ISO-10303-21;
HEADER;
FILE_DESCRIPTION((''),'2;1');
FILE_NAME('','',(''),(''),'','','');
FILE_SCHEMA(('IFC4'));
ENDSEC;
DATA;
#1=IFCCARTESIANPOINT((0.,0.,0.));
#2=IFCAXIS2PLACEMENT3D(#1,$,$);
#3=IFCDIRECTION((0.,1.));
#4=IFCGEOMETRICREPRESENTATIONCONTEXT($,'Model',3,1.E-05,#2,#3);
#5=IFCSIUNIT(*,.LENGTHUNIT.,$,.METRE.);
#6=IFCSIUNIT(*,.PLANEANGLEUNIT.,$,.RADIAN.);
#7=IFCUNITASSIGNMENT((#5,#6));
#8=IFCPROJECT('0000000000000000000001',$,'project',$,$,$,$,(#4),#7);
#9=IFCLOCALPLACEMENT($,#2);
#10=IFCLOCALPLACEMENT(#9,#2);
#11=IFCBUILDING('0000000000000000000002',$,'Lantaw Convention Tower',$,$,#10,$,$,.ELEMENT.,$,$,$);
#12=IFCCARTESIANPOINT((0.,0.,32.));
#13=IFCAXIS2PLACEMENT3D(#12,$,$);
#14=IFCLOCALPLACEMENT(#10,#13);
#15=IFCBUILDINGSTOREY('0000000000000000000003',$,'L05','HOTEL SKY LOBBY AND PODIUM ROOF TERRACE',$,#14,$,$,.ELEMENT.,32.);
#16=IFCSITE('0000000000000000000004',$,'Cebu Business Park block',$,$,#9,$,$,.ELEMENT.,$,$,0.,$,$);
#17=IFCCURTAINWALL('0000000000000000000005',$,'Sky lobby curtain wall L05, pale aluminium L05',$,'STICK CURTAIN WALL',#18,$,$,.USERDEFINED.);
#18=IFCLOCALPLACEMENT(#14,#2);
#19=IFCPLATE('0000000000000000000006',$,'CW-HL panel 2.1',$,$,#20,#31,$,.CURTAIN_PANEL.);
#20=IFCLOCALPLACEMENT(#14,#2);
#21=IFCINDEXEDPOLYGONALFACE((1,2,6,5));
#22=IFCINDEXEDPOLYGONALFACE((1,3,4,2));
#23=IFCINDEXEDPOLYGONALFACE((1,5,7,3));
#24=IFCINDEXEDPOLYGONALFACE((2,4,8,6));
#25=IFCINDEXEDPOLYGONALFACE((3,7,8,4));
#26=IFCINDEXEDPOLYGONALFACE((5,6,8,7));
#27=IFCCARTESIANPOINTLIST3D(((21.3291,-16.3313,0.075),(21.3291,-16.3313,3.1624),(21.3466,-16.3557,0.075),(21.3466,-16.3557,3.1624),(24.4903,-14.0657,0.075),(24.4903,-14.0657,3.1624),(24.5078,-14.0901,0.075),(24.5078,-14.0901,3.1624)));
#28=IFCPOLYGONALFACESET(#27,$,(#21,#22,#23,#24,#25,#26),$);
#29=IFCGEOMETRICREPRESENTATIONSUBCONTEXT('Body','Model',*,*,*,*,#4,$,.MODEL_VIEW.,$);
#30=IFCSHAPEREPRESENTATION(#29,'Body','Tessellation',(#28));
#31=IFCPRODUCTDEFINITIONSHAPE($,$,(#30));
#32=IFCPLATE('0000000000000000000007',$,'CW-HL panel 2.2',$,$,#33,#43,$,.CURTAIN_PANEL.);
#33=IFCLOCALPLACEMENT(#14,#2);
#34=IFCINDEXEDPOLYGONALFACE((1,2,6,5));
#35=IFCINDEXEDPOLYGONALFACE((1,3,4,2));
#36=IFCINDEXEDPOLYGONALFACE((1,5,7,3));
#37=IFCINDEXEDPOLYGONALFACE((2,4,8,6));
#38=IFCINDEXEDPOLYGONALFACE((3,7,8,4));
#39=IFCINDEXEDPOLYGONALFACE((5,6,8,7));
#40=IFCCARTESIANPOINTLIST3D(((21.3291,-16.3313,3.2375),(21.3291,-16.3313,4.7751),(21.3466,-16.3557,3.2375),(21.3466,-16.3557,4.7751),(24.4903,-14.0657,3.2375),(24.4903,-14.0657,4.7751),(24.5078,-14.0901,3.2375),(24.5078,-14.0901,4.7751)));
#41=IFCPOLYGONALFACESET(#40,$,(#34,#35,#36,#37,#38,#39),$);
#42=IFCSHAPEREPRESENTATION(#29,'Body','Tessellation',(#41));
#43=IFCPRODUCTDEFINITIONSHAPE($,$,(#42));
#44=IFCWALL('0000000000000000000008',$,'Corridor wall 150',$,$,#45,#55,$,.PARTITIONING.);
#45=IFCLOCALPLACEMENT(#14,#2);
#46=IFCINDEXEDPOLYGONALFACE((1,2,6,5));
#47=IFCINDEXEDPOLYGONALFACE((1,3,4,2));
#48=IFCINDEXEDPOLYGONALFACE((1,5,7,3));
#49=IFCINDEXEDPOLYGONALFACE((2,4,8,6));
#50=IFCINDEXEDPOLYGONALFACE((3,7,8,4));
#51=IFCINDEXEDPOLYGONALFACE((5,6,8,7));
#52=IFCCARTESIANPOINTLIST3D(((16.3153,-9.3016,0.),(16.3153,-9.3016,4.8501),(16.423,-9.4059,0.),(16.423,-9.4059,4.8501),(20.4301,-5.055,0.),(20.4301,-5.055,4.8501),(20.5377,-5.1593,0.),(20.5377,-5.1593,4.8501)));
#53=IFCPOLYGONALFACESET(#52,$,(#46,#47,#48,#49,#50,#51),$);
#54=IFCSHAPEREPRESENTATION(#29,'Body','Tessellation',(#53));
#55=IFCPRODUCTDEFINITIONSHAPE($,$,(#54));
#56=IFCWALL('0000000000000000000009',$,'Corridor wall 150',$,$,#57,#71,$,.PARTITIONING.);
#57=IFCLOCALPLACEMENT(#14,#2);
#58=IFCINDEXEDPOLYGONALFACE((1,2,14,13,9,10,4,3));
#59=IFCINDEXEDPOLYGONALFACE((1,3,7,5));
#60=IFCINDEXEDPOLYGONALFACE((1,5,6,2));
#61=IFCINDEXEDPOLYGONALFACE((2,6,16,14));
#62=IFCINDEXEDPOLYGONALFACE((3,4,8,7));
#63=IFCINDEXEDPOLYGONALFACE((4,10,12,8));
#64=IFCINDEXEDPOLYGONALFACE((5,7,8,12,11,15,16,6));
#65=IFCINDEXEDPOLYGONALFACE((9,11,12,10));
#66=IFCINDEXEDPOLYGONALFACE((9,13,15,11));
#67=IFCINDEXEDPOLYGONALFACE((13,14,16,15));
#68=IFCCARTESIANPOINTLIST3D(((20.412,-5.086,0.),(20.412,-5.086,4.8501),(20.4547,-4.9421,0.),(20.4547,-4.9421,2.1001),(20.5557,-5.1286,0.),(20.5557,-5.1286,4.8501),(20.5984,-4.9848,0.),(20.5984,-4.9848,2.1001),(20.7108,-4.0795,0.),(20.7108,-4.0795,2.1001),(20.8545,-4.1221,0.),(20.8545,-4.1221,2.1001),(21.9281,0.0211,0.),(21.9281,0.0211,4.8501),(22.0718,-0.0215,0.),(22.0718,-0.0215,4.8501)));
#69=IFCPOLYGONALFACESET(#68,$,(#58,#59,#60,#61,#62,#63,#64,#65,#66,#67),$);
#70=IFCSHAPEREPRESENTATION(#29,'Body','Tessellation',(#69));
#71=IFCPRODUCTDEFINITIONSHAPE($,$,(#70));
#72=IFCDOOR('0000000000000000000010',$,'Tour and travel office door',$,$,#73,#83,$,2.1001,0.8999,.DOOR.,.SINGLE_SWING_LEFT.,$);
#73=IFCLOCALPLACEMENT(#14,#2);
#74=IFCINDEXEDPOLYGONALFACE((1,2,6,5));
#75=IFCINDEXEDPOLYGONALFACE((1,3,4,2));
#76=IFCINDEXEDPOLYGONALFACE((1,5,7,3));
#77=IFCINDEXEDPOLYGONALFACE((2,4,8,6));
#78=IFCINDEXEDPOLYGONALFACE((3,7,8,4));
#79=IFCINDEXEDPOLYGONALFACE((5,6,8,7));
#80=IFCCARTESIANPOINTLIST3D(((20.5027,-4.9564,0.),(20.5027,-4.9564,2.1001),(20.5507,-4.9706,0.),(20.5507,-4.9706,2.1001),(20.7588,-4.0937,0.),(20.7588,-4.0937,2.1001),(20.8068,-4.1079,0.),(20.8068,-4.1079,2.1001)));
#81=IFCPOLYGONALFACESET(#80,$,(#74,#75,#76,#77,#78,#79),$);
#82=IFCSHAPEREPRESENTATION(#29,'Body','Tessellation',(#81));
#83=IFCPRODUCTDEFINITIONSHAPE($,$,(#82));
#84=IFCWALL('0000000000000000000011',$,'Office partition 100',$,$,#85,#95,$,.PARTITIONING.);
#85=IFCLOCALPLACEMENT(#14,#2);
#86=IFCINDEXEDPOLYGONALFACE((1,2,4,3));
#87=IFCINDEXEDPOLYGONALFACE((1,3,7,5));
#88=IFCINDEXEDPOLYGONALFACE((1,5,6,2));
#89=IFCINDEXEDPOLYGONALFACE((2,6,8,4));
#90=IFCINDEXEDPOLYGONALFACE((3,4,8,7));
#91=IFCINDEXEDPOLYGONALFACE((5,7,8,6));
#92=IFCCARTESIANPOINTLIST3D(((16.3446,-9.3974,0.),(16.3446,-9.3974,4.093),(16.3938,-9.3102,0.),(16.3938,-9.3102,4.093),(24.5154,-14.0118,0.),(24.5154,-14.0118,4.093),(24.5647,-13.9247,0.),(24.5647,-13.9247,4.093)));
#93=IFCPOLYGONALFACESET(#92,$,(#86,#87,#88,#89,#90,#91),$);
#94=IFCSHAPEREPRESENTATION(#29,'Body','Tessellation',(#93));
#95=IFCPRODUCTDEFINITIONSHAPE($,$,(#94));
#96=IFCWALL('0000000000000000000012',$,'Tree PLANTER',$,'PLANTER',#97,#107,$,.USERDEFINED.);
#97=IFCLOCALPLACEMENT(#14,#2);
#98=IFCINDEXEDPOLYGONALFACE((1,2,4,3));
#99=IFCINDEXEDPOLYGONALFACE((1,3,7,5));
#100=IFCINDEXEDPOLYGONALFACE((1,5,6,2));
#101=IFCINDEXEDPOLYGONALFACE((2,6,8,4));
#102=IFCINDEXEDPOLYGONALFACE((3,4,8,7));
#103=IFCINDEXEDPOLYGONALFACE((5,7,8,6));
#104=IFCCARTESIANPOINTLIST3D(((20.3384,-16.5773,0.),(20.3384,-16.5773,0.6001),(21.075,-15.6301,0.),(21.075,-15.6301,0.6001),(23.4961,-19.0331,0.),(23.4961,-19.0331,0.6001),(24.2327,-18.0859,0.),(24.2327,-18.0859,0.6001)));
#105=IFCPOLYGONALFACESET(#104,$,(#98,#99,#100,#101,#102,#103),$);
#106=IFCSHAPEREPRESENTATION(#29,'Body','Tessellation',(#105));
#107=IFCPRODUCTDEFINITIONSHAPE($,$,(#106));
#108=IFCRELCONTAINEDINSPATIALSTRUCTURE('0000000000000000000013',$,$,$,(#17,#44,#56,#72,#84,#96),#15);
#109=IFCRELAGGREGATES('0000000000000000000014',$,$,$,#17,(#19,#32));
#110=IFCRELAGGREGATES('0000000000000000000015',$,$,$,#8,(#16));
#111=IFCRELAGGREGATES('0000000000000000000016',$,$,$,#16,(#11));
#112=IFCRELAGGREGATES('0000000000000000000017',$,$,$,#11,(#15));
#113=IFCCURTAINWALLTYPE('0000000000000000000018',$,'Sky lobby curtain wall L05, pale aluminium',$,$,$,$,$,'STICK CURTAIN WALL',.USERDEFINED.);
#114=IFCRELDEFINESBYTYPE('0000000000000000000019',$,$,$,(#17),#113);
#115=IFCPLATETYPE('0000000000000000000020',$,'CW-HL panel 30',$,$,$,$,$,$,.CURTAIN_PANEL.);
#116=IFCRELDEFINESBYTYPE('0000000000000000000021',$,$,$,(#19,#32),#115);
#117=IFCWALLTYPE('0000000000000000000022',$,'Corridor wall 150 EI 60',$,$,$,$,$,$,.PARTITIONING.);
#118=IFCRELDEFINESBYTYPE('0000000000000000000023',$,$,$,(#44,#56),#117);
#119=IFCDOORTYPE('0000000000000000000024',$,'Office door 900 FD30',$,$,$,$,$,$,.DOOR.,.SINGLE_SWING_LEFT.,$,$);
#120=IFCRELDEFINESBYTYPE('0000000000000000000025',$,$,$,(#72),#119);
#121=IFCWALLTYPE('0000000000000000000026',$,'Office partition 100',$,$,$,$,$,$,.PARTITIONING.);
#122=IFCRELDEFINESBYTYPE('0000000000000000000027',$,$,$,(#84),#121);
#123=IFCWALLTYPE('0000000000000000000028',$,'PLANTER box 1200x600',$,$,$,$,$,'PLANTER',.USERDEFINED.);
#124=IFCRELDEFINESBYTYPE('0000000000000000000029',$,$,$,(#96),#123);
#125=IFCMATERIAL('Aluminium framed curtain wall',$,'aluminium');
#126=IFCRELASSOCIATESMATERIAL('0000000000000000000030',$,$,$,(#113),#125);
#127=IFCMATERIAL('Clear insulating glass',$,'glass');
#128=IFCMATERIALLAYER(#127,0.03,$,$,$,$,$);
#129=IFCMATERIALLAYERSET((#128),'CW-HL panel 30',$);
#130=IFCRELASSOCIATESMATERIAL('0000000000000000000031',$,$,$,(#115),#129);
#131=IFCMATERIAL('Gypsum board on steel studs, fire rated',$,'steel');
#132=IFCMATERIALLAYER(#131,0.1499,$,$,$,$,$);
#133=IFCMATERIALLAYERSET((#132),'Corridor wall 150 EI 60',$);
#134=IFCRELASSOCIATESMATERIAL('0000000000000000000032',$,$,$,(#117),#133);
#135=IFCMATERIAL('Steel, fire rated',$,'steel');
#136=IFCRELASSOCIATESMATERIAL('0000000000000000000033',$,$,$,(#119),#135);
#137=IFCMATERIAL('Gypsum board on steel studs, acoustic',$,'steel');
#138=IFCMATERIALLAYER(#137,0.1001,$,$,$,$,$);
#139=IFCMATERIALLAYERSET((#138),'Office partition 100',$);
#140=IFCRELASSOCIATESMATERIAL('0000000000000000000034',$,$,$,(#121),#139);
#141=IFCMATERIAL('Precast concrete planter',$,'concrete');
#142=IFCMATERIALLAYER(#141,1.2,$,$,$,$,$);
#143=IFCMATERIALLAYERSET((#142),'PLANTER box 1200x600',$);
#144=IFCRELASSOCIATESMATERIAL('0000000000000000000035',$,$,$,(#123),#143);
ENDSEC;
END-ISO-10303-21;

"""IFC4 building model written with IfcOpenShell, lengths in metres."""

from ifc_helpers import new_model, si_unit, direction, frame, frame_2d, origin, origin_2d, place, context, subcontext, project, spatial, rectangle, extrude, material, layer, layer_set, type_object, element, fill, aggregate, save


model = new_model("IFC4")

# Units and contexts
model_context = context("Model", 3, precision=1e-05, world=origin(), true_north=direction((0.0, 1.0)))
body_context = subcontext(model_context, "Body", "Model", "MODEL_VIEW")
ifc_project = project(units=[si_unit("LENGTHUNIT", "METRE"), si_unit("PLANEANGLEUNIT", "RADIAN")], contexts=[model_context])

# Site, building, storey
site_placement = place(None, origin())
site = spatial("IfcSite", under=ifc_project, at=site_placement, Name="Cebu Business Park block", CompositionType="ELEMENT", RefElevation=0.0)
building_placement = place(site_placement, origin())
building = spatial("IfcBuilding", under=site, at=building_placement, Name="Lantaw Convention Tower", CompositionType="ELEMENT")
storey_placement = place(building_placement, frame((0.0, 0.0, 32.0)))
storey = spatial("IfcBuildingStorey", under=building, at=storey_placement, Name="L05", Description="HOTEL SKY LOBBY AND PODIUM ROOF TERRACE", CompositionType="ELEMENT", Elevation=32.0)

# Curtain wall
ifc_material_1 = material(Name="Aluminium framed curtain wall", Category="aluminium")
curtain_wall_type = type_object("IfcCurtainWallType", Name="Sky lobby curtain wall L05, pale aluminium", ElementType="STICK CURTAIN WALL", PredefinedType="USERDEFINED", material=ifc_material_1)
curtain_wall_1_placement = place(storey_placement, origin())
curtain_wall_1 = element("IfcCurtainWall", 1, at=curtain_wall_1_placement, inside=storey, type_object=curtain_wall_type, Name="Sky lobby curtain wall L05, pale aluminium L05", ObjectType="STICK CURTAIN WALL", PredefinedType="USERDEFINED")

# Plates
ifc_material_2 = material(Name="Clear insulating glass", Category="glass")
ifc_layer_1 = layer(ifc_material_2, 0.03)
ifc_layer_set_1 = layer_set([ifc_layer_1], Name="CW-HL panel 30")
plate_type = type_object("IfcPlateType", Name="CW-HL panel 30", PredefinedType="CURTAIN_PANEL", material=ifc_layer_set_1)
plate_1_placement = place(storey_placement, frame((22.9185, -15.2107, 0.075), z_axis=(0.0, 0.0, 1.0), x_axis=(0.812804, 0.582538, 0.0)))
plate_1 = element("IfcPlate", 2, at=plate_1_placement, type_object=plate_type, Name="CW-HL panel 2.1", PredefinedType="CURTAIN_PANEL", context=body_context, shape_type="SweptSolid", body=[
    extrude(rectangle(XDim=3.8892, YDim=0.03, at=origin_2d()), origin(), (0.0, 0.0, 1.0), 3.0874),
])
plate_2_placement = place(storey_placement, frame((22.9185, -15.2107, 3.2375), z_axis=(0.0, 0.0, 1.0), x_axis=(0.812804, 0.582538, 0.0)))
plate_2 = element("IfcPlate", 3, at=plate_2_placement, type_object=plate_type, Name="CW-HL panel 2.2", PredefinedType="CURTAIN_PANEL", context=body_context, shape_type="SweptSolid", body=[
    extrude(rectangle(XDim=3.8892, YDim=0.03, at=origin_2d()), origin(), (0.0, 0.0, 1.0), 1.5376),
])
aggregate(curtain_wall_1, [plate_1, plate_2])

# Wall
ifc_material_3 = material(Name="Gypsum board on steel studs, fire rated", Category="steel")
ifc_layer_2 = layer(ifc_material_3, 0.1499)
ifc_layer_set_2 = layer_set([ifc_layer_2], Name="Corridor wall 150 EI 60")
wall_type_1 = type_object("IfcWallType", Name="Corridor wall 150 EI 60", PredefinedType="PARTITIONING", material=ifc_layer_set_2)
wall_1_placement = place(storey_placement, frame((16.3691, -9.3538, 0.0), z_axis=(0.0, 0.0, 1.0), x_axis=(0.695871, 0.718167, 0.0)))
element("IfcWall", 4, at=wall_1_placement, inside=storey, type_object=wall_type_1, Name="Corridor wall 150", PredefinedType="PARTITIONING", context=body_context, shape_type="SweptSolid", body=[
    extrude(rectangle(XDim=5.9131, YDim=0.1499, at=frame_2d((2.9565, 0.0))), origin(), (0.0, 0.0, 1.0), 4.8501),
])

# Wall, opening, door
wall_2_placement = place(storey_placement, frame((20.4839, -5.1072, 0.0), z_axis=(0.0, 0.0, 1.0), x_axis=(0.284584, 0.958651, 0.0)))
wall_2 = element("IfcWall", 5, at=wall_2_placement, inside=storey, type_object=wall_type_1, Name="Corridor wall 150", PredefinedType="PARTITIONING", context=body_context, shape_type="SweptSolid", body=[
    extrude(rectangle(XDim=5.3274, YDim=0.1499, at=frame_2d((2.6636, 0.0))), origin(), (0.0, 0.0, 1.0), 4.8501),
])
opening_placement = place(wall_2_placement, frame((0.1499, 0.0, 0.0)))
opening = element("IfcOpeningElement", 6, at=opening_placement, cuts=wall_2, PredefinedType="OPENING", context=body_context, shape_type="SweptSolid", body=[
    extrude(rectangle(XDim=0.8999, YDim=2.1001, at=frame_2d((0.45, 1.05))), frame((0.0, 0.085, 0.0), z_axis=(0.0, -1.0, 0.0), x_axis=(1.0, 0.0, 0.0)), (0.0, 0.0, 1.0), 0.1699),
])
ifc_material_4 = material(Name="Steel, fire rated", Category="steel")
door_type = type_object("IfcDoorType", Name="Office door 900 FD30", OperationType="SINGLE_SWING_LEFT", PredefinedType="DOOR", material=ifc_material_4)
door_placement = place(opening_placement, origin())
door = element("IfcDoor", 7, at=door_placement, inside=storey, type_object=door_type, Name="Tour and travel office door", OperationType="SINGLE_SWING_LEFT", OverallHeight=2.1001, OverallWidth=0.8999, PredefinedType="DOOR", context=body_context, shape_type="SweptSolid", body=[
    extrude(rectangle(XDim=0.8999, YDim=2.1001, at=frame_2d((0.45, 1.05))), frame((0.0, 0.0249, 0.0), z_axis=(0.0, -1.0, 0.0), x_axis=(1.0, 0.0, 0.0)), (0.0, 0.0, 1.0), 0.05),
])
fill(opening, door)

# Walls
ifc_material_5 = material(Name="Gypsum board on steel studs, acoustic", Category="steel")
ifc_layer_3 = layer(ifc_material_5, 0.1001)
ifc_layer_set_3 = layer_set([ifc_layer_3], Name="Office partition 100")
wall_type_2 = type_object("IfcWallType", Name="Office partition 100", PredefinedType="PARTITIONING", material=ifc_layer_set_3)
wall_3_placement = place(storey_placement, frame((24.54, -13.9683, 0.0), z_axis=(0.0, 0.0, 1.0), x_axis=(-0.870738, 0.491748, 0.0)))
element("IfcWall", 8, at=wall_3_placement, inside=storey, type_object=wall_type_2, Name="Office partition 100", PredefinedType="PARTITIONING", context=body_context, shape_type="SweptSolid", body=[
    extrude(rectangle(XDim=9.3838, YDim=0.1001, at=frame_2d((4.6919, 0.0))), origin(), (0.0, 0.0, 1.0), 4.093),
])
ifc_material_6 = material(Name="Precast concrete planter", Category="concrete")
ifc_layer_4 = layer(ifc_material_6, 1.2)
ifc_layer_set_4 = layer_set([ifc_layer_4], Name="PLANTER box 1200x600")
wall_type_3 = type_object("IfcWallType", Name="PLANTER box 1200x600", ElementType="PLANTER", PredefinedType="USERDEFINED", material=ifc_layer_set_4)
wall_4_placement = place(storey_placement, frame((20.7068, -16.1038, 0.0), z_axis=(0.0, 0.0, 1.0), x_axis=(0.789375, -0.613911, 0.0)))
element("IfcWall", 9, at=wall_4_placement, inside=storey, type_object=wall_type_3, Name="Tree PLANTER", ObjectType="PLANTER", PredefinedType="USERDEFINED", context=body_context, shape_type="SweptSolid", body=[
    extrude(rectangle(XDim=4.0002, YDim=1.2, at=frame_2d((2.0, 0.0))), origin(), (0.0, 0.0, 1.0), 0.6001),
])

save(model, "model.ifc")
